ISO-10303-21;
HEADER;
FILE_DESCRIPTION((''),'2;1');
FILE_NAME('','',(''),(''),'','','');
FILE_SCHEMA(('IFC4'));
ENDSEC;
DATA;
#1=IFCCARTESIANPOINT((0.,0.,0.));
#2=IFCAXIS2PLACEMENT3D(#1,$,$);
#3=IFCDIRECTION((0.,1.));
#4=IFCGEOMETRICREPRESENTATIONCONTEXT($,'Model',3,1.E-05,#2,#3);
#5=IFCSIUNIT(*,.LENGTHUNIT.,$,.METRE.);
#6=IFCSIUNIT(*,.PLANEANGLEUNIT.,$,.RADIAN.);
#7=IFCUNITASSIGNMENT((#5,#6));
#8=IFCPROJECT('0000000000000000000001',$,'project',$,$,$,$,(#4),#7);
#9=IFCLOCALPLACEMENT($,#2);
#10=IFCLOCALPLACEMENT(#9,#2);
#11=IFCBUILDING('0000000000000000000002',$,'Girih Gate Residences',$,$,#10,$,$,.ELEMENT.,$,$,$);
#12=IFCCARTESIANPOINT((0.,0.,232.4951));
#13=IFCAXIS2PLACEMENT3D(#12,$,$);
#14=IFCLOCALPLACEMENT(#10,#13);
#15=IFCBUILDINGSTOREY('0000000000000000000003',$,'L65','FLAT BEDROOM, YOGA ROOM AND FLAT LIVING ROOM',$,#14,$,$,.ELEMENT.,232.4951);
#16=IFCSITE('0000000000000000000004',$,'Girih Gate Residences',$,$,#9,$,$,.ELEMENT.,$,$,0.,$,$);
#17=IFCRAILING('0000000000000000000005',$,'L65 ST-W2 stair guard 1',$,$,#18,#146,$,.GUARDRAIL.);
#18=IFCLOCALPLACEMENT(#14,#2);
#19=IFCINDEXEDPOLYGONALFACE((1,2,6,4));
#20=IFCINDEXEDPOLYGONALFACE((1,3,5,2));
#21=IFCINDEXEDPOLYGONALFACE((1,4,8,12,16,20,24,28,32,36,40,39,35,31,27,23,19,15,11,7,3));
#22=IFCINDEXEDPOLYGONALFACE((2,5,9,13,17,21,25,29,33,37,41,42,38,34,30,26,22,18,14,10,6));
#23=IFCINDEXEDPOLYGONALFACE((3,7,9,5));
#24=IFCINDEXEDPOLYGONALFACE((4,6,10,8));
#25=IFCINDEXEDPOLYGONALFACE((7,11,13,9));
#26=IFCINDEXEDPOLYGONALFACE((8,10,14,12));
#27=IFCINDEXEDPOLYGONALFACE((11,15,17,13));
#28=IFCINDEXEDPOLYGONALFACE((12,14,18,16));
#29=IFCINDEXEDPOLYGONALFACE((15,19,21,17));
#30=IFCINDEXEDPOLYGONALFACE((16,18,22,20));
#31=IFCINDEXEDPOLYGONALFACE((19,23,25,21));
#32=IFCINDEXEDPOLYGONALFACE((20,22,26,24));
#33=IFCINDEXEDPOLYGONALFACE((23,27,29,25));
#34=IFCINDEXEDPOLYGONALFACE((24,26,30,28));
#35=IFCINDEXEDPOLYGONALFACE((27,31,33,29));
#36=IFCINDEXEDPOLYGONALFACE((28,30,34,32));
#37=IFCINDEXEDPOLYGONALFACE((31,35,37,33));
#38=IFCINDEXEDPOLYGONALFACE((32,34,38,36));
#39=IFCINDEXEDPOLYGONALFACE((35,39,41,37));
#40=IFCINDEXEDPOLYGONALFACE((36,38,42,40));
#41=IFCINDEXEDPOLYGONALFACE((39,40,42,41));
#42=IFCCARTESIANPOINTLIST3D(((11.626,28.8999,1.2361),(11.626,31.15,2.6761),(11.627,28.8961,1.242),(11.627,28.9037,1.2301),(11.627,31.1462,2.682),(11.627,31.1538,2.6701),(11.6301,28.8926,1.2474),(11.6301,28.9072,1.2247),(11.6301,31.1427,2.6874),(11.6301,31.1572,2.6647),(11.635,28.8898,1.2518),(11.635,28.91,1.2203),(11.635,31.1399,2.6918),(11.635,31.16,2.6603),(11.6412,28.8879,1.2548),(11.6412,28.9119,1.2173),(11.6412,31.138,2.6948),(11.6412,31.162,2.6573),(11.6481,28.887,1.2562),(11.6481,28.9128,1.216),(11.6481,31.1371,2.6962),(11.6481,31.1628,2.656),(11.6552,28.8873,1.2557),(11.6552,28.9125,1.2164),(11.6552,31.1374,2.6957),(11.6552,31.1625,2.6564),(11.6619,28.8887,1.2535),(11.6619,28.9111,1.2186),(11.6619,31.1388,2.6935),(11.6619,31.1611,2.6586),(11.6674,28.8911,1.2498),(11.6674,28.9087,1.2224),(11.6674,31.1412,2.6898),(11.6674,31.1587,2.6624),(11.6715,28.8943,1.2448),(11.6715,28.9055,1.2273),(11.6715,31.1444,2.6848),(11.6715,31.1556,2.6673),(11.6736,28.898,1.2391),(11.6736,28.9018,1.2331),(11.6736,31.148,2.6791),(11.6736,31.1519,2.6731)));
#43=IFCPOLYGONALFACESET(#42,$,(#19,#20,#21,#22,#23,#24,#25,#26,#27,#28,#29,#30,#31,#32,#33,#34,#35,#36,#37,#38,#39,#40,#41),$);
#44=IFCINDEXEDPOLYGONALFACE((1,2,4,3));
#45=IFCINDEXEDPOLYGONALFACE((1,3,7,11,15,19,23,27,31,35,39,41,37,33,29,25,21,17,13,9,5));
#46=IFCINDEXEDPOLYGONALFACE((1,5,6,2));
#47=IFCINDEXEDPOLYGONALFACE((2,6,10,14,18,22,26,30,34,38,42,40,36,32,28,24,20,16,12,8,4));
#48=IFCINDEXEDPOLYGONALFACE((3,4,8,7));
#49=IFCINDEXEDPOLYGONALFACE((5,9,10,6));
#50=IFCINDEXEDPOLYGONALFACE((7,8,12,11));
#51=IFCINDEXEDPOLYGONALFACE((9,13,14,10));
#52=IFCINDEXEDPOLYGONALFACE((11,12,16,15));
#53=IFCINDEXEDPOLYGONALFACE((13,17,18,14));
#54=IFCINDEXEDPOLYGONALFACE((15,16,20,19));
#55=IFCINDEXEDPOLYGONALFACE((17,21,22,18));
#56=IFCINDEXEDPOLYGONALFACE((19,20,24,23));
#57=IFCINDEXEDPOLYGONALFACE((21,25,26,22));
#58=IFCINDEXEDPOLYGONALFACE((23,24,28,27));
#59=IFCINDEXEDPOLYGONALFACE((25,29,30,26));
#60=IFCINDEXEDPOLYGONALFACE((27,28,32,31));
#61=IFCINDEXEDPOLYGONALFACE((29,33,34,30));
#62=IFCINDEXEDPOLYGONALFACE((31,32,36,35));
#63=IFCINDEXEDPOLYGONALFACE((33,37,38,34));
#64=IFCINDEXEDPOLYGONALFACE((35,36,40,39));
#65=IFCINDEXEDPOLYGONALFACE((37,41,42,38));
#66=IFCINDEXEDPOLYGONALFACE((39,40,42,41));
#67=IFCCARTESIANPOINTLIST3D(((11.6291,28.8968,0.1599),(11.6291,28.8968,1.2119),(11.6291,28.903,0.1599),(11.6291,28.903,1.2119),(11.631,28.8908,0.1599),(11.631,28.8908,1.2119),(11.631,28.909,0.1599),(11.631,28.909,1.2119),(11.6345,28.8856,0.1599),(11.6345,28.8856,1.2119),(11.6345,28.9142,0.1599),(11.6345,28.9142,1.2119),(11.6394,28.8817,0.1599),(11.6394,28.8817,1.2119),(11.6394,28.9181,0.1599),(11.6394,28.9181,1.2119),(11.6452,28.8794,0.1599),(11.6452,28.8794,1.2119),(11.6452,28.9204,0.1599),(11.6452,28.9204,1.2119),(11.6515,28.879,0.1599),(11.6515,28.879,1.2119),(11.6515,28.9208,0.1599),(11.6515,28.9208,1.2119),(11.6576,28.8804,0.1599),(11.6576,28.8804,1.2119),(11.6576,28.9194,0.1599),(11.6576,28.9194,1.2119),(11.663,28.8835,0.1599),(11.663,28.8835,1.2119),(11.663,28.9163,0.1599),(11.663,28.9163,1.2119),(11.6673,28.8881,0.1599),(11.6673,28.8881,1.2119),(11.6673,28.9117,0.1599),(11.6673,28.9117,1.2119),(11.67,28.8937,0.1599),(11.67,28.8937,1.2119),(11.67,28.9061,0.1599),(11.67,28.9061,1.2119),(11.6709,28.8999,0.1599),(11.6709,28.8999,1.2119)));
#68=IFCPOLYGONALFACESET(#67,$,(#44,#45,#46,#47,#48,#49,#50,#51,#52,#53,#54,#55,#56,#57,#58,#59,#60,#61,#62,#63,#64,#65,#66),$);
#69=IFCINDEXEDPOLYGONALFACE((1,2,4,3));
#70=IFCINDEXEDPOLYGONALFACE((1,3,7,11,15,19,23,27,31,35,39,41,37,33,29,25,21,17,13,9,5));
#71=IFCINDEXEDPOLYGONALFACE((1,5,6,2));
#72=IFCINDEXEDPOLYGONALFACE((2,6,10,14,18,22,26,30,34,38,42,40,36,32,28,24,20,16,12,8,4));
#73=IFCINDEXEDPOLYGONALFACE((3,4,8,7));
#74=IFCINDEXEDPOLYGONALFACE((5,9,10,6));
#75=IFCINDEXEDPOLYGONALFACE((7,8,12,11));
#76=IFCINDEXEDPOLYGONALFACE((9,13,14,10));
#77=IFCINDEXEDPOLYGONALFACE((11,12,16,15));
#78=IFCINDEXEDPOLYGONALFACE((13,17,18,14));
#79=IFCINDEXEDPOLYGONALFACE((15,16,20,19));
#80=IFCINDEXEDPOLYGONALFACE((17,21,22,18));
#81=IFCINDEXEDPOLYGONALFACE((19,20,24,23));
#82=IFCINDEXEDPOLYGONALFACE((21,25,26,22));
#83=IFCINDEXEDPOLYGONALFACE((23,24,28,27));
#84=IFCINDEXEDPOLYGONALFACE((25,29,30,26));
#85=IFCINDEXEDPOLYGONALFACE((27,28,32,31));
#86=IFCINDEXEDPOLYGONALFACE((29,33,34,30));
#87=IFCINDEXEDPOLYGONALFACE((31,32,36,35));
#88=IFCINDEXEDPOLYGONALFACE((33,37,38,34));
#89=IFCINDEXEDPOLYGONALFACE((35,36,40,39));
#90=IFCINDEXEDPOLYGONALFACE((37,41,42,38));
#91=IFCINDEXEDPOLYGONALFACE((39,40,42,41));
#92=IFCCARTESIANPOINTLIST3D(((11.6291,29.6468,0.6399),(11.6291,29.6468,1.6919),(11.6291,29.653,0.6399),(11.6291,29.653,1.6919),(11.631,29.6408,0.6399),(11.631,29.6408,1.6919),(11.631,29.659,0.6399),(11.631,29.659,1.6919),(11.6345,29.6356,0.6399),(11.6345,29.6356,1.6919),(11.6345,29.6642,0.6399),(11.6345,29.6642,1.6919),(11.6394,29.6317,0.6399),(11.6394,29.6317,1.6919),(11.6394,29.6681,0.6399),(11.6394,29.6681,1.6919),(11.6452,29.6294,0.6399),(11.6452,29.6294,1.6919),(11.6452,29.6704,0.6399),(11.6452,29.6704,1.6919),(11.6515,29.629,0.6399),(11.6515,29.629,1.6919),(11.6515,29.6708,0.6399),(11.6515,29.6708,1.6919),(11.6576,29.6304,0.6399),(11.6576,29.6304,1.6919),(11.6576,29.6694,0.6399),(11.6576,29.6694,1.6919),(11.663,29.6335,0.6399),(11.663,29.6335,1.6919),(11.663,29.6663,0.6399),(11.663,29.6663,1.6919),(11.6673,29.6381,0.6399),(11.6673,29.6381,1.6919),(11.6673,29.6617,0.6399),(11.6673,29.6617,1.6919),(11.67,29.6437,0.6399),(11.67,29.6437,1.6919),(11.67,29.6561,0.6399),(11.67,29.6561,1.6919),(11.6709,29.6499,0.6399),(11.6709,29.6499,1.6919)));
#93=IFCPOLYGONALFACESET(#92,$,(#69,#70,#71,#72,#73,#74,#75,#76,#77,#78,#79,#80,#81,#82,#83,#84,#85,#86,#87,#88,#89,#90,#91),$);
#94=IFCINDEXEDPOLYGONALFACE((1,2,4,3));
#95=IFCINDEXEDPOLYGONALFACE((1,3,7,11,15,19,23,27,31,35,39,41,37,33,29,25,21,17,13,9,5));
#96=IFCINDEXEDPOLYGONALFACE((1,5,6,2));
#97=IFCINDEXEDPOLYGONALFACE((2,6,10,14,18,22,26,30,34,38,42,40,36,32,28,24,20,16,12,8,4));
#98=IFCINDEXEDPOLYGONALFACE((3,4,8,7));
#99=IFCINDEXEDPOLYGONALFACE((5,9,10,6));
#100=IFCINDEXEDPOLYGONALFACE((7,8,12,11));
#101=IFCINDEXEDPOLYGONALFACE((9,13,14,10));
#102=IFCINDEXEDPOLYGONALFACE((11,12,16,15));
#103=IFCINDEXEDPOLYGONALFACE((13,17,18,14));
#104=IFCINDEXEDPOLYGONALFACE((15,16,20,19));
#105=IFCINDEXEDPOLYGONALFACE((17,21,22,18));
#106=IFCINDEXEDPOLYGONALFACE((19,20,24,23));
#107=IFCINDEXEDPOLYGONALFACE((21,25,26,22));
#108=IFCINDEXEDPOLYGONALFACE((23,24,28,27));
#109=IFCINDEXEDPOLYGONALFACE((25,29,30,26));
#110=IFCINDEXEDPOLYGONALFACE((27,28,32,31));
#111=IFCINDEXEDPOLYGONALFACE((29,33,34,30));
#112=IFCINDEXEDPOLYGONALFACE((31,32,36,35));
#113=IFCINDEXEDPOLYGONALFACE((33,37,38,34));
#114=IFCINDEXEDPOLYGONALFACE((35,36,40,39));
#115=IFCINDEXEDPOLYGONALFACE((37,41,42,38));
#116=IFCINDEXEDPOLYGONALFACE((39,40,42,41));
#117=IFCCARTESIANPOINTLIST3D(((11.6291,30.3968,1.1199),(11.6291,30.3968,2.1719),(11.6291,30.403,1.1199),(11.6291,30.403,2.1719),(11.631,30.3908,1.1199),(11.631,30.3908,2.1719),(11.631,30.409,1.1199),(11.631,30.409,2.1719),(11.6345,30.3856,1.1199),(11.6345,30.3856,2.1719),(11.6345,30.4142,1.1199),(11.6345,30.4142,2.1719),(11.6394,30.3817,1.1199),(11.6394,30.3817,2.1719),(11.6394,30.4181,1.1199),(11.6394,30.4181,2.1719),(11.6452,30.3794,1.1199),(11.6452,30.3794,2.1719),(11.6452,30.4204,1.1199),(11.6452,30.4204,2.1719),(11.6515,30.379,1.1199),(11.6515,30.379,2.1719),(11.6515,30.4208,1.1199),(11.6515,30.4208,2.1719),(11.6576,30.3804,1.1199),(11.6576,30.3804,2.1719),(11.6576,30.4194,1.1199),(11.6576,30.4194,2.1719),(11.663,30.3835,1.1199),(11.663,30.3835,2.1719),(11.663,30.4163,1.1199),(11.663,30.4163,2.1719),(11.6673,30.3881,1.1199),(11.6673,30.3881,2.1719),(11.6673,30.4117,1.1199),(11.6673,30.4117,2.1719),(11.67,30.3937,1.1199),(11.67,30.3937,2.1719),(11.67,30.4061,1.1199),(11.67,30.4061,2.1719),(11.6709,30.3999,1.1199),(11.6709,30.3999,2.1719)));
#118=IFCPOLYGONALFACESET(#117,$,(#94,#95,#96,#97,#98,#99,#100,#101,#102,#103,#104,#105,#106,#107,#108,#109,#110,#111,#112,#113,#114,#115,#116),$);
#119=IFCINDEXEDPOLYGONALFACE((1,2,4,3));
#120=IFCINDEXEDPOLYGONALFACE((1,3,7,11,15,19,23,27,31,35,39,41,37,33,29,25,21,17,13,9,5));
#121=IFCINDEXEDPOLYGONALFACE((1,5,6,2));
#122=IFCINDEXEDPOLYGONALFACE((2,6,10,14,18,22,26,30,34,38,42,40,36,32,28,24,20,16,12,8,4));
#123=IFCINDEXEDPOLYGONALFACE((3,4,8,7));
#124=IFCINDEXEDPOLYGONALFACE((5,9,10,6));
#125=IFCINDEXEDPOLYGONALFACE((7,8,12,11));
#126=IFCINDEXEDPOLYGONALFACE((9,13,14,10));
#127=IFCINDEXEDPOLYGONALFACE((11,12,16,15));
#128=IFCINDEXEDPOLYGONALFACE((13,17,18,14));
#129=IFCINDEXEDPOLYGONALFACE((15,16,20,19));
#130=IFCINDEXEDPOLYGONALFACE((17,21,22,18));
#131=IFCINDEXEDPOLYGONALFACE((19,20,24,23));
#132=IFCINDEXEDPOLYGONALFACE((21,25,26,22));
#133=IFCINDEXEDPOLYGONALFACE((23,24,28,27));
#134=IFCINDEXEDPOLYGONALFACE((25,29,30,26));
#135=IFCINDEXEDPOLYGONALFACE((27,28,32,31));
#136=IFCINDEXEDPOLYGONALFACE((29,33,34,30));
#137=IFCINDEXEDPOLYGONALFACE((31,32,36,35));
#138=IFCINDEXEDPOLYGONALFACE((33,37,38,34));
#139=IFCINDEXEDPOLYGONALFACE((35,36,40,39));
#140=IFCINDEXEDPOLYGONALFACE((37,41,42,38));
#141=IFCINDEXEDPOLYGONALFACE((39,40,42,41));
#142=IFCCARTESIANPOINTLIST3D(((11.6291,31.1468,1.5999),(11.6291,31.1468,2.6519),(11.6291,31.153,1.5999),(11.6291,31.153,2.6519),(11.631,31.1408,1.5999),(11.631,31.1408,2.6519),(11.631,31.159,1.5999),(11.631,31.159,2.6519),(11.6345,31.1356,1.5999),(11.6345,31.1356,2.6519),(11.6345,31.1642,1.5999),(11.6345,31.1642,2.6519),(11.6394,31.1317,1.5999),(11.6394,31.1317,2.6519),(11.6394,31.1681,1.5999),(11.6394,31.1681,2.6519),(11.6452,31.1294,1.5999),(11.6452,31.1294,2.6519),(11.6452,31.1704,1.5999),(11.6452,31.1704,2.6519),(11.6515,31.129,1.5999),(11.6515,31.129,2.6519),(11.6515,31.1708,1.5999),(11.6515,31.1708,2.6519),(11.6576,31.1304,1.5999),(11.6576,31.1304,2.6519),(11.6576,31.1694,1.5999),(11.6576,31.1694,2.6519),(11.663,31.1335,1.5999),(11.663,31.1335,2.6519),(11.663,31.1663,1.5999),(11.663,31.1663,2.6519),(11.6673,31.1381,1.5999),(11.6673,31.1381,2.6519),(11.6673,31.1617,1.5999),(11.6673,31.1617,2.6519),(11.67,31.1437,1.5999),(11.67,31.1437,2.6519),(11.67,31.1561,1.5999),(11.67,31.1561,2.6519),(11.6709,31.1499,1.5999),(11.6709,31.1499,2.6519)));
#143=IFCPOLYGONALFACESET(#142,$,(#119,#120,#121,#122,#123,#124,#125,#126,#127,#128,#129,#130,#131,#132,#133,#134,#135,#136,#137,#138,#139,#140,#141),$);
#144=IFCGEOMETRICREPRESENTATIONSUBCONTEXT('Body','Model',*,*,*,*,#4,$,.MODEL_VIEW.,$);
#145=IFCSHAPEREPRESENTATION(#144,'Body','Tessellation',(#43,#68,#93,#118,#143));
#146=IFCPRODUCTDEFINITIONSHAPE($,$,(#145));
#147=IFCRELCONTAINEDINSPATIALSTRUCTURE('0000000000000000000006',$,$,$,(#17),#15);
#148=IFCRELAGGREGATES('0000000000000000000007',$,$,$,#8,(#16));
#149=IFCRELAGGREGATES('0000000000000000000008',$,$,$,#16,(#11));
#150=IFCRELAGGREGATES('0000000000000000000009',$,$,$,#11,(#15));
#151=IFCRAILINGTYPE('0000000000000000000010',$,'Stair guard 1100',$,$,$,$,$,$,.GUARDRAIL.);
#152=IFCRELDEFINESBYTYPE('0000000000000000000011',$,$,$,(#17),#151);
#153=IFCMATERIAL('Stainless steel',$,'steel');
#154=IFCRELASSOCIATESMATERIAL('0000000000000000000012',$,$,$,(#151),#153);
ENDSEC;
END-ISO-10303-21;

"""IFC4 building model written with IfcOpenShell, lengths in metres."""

from ifc_helpers import new_model, si_unit, direction, frame, origin, origin_2d, place, context, subcontext, project, spatial, circle, extrude, material, type_object, element, save


model = new_model("IFC4")

# Units and contexts
model_context = context("Model", 3, precision=1e-05, world=origin(), true_north=direction((0.0, 1.0)))
body_context = subcontext(model_context, "Body", "Model", "MODEL_VIEW")
ifc_project = project(units=[si_unit("LENGTHUNIT", "METRE"), si_unit("PLANEANGLEUNIT", "RADIAN")], contexts=[model_context])

# Site, building, storey
site_placement = place(None, origin())
site = spatial("IfcSite", under=ifc_project, at=site_placement, Name="Girih Gate Residences", CompositionType="ELEMENT", RefElevation=0.0)
building_placement = place(site_placement, origin())
building = spatial("IfcBuilding", under=site, at=building_placement, Name="Girih Gate Residences", CompositionType="ELEMENT")
storey_placement = place(building_placement, frame((0.0, 0.0, 232.4951)))
storey = spatial("IfcBuildingStorey", under=building, at=storey_placement, Name="L65", Description="FLAT BEDROOM, YOGA ROOM AND FLAT LIVING ROOM", CompositionType="ELEMENT", Elevation=232.4951)

# Shared definitions
ifc_material_1 = material(Name="Stainless steel", Category="steel")

# Railing
railing_type_1 = type_object("IfcRailingType", Name="Stair guard 1100", PredefinedType="GUARDRAIL", material=ifc_material_1)
railing_1_placement = place(storey_placement, frame((11.6499, 28.8999, 0.1599)))
element("IfcRailing", 1, at=railing_1_placement, inside=storey, type_object=railing_type_1, Name="L65 ST-W2 stair guard 1", PredefinedType="GUARDRAIL", context=body_context, shape_type="SweptSolid", body=[
    extrude(circle(Radius=0.0239, at=origin_2d()), frame((0.0, 0.0, 1.0762), z_axis=(0.0, 0.842281, 0.539038), x_axis=(-1.0, 0.0, 0.0)), (0.0, 0.0, 1.0), 2.6714),
    extrude(circle(Radius=0.021, at=origin_2d()), origin(), (0.0, 0.0, 1.0), 1.052),
    extrude(circle(Radius=0.021, at=origin_2d()), frame((0.0, 0.75, 0.48)), (0.0, 0.0, 1.0), 1.052),
    extrude(circle(Radius=0.021, at=origin_2d()), frame((0.0, 1.5, 0.96)), (0.0, 0.0, 1.0), 1.052),
    extrude(circle(Radius=0.021, at=origin_2d()), frame((0.0, 2.25, 1.4399)), (0.0, 0.0, 1.0), 1.052),
])

save(model, "model.ifc")
